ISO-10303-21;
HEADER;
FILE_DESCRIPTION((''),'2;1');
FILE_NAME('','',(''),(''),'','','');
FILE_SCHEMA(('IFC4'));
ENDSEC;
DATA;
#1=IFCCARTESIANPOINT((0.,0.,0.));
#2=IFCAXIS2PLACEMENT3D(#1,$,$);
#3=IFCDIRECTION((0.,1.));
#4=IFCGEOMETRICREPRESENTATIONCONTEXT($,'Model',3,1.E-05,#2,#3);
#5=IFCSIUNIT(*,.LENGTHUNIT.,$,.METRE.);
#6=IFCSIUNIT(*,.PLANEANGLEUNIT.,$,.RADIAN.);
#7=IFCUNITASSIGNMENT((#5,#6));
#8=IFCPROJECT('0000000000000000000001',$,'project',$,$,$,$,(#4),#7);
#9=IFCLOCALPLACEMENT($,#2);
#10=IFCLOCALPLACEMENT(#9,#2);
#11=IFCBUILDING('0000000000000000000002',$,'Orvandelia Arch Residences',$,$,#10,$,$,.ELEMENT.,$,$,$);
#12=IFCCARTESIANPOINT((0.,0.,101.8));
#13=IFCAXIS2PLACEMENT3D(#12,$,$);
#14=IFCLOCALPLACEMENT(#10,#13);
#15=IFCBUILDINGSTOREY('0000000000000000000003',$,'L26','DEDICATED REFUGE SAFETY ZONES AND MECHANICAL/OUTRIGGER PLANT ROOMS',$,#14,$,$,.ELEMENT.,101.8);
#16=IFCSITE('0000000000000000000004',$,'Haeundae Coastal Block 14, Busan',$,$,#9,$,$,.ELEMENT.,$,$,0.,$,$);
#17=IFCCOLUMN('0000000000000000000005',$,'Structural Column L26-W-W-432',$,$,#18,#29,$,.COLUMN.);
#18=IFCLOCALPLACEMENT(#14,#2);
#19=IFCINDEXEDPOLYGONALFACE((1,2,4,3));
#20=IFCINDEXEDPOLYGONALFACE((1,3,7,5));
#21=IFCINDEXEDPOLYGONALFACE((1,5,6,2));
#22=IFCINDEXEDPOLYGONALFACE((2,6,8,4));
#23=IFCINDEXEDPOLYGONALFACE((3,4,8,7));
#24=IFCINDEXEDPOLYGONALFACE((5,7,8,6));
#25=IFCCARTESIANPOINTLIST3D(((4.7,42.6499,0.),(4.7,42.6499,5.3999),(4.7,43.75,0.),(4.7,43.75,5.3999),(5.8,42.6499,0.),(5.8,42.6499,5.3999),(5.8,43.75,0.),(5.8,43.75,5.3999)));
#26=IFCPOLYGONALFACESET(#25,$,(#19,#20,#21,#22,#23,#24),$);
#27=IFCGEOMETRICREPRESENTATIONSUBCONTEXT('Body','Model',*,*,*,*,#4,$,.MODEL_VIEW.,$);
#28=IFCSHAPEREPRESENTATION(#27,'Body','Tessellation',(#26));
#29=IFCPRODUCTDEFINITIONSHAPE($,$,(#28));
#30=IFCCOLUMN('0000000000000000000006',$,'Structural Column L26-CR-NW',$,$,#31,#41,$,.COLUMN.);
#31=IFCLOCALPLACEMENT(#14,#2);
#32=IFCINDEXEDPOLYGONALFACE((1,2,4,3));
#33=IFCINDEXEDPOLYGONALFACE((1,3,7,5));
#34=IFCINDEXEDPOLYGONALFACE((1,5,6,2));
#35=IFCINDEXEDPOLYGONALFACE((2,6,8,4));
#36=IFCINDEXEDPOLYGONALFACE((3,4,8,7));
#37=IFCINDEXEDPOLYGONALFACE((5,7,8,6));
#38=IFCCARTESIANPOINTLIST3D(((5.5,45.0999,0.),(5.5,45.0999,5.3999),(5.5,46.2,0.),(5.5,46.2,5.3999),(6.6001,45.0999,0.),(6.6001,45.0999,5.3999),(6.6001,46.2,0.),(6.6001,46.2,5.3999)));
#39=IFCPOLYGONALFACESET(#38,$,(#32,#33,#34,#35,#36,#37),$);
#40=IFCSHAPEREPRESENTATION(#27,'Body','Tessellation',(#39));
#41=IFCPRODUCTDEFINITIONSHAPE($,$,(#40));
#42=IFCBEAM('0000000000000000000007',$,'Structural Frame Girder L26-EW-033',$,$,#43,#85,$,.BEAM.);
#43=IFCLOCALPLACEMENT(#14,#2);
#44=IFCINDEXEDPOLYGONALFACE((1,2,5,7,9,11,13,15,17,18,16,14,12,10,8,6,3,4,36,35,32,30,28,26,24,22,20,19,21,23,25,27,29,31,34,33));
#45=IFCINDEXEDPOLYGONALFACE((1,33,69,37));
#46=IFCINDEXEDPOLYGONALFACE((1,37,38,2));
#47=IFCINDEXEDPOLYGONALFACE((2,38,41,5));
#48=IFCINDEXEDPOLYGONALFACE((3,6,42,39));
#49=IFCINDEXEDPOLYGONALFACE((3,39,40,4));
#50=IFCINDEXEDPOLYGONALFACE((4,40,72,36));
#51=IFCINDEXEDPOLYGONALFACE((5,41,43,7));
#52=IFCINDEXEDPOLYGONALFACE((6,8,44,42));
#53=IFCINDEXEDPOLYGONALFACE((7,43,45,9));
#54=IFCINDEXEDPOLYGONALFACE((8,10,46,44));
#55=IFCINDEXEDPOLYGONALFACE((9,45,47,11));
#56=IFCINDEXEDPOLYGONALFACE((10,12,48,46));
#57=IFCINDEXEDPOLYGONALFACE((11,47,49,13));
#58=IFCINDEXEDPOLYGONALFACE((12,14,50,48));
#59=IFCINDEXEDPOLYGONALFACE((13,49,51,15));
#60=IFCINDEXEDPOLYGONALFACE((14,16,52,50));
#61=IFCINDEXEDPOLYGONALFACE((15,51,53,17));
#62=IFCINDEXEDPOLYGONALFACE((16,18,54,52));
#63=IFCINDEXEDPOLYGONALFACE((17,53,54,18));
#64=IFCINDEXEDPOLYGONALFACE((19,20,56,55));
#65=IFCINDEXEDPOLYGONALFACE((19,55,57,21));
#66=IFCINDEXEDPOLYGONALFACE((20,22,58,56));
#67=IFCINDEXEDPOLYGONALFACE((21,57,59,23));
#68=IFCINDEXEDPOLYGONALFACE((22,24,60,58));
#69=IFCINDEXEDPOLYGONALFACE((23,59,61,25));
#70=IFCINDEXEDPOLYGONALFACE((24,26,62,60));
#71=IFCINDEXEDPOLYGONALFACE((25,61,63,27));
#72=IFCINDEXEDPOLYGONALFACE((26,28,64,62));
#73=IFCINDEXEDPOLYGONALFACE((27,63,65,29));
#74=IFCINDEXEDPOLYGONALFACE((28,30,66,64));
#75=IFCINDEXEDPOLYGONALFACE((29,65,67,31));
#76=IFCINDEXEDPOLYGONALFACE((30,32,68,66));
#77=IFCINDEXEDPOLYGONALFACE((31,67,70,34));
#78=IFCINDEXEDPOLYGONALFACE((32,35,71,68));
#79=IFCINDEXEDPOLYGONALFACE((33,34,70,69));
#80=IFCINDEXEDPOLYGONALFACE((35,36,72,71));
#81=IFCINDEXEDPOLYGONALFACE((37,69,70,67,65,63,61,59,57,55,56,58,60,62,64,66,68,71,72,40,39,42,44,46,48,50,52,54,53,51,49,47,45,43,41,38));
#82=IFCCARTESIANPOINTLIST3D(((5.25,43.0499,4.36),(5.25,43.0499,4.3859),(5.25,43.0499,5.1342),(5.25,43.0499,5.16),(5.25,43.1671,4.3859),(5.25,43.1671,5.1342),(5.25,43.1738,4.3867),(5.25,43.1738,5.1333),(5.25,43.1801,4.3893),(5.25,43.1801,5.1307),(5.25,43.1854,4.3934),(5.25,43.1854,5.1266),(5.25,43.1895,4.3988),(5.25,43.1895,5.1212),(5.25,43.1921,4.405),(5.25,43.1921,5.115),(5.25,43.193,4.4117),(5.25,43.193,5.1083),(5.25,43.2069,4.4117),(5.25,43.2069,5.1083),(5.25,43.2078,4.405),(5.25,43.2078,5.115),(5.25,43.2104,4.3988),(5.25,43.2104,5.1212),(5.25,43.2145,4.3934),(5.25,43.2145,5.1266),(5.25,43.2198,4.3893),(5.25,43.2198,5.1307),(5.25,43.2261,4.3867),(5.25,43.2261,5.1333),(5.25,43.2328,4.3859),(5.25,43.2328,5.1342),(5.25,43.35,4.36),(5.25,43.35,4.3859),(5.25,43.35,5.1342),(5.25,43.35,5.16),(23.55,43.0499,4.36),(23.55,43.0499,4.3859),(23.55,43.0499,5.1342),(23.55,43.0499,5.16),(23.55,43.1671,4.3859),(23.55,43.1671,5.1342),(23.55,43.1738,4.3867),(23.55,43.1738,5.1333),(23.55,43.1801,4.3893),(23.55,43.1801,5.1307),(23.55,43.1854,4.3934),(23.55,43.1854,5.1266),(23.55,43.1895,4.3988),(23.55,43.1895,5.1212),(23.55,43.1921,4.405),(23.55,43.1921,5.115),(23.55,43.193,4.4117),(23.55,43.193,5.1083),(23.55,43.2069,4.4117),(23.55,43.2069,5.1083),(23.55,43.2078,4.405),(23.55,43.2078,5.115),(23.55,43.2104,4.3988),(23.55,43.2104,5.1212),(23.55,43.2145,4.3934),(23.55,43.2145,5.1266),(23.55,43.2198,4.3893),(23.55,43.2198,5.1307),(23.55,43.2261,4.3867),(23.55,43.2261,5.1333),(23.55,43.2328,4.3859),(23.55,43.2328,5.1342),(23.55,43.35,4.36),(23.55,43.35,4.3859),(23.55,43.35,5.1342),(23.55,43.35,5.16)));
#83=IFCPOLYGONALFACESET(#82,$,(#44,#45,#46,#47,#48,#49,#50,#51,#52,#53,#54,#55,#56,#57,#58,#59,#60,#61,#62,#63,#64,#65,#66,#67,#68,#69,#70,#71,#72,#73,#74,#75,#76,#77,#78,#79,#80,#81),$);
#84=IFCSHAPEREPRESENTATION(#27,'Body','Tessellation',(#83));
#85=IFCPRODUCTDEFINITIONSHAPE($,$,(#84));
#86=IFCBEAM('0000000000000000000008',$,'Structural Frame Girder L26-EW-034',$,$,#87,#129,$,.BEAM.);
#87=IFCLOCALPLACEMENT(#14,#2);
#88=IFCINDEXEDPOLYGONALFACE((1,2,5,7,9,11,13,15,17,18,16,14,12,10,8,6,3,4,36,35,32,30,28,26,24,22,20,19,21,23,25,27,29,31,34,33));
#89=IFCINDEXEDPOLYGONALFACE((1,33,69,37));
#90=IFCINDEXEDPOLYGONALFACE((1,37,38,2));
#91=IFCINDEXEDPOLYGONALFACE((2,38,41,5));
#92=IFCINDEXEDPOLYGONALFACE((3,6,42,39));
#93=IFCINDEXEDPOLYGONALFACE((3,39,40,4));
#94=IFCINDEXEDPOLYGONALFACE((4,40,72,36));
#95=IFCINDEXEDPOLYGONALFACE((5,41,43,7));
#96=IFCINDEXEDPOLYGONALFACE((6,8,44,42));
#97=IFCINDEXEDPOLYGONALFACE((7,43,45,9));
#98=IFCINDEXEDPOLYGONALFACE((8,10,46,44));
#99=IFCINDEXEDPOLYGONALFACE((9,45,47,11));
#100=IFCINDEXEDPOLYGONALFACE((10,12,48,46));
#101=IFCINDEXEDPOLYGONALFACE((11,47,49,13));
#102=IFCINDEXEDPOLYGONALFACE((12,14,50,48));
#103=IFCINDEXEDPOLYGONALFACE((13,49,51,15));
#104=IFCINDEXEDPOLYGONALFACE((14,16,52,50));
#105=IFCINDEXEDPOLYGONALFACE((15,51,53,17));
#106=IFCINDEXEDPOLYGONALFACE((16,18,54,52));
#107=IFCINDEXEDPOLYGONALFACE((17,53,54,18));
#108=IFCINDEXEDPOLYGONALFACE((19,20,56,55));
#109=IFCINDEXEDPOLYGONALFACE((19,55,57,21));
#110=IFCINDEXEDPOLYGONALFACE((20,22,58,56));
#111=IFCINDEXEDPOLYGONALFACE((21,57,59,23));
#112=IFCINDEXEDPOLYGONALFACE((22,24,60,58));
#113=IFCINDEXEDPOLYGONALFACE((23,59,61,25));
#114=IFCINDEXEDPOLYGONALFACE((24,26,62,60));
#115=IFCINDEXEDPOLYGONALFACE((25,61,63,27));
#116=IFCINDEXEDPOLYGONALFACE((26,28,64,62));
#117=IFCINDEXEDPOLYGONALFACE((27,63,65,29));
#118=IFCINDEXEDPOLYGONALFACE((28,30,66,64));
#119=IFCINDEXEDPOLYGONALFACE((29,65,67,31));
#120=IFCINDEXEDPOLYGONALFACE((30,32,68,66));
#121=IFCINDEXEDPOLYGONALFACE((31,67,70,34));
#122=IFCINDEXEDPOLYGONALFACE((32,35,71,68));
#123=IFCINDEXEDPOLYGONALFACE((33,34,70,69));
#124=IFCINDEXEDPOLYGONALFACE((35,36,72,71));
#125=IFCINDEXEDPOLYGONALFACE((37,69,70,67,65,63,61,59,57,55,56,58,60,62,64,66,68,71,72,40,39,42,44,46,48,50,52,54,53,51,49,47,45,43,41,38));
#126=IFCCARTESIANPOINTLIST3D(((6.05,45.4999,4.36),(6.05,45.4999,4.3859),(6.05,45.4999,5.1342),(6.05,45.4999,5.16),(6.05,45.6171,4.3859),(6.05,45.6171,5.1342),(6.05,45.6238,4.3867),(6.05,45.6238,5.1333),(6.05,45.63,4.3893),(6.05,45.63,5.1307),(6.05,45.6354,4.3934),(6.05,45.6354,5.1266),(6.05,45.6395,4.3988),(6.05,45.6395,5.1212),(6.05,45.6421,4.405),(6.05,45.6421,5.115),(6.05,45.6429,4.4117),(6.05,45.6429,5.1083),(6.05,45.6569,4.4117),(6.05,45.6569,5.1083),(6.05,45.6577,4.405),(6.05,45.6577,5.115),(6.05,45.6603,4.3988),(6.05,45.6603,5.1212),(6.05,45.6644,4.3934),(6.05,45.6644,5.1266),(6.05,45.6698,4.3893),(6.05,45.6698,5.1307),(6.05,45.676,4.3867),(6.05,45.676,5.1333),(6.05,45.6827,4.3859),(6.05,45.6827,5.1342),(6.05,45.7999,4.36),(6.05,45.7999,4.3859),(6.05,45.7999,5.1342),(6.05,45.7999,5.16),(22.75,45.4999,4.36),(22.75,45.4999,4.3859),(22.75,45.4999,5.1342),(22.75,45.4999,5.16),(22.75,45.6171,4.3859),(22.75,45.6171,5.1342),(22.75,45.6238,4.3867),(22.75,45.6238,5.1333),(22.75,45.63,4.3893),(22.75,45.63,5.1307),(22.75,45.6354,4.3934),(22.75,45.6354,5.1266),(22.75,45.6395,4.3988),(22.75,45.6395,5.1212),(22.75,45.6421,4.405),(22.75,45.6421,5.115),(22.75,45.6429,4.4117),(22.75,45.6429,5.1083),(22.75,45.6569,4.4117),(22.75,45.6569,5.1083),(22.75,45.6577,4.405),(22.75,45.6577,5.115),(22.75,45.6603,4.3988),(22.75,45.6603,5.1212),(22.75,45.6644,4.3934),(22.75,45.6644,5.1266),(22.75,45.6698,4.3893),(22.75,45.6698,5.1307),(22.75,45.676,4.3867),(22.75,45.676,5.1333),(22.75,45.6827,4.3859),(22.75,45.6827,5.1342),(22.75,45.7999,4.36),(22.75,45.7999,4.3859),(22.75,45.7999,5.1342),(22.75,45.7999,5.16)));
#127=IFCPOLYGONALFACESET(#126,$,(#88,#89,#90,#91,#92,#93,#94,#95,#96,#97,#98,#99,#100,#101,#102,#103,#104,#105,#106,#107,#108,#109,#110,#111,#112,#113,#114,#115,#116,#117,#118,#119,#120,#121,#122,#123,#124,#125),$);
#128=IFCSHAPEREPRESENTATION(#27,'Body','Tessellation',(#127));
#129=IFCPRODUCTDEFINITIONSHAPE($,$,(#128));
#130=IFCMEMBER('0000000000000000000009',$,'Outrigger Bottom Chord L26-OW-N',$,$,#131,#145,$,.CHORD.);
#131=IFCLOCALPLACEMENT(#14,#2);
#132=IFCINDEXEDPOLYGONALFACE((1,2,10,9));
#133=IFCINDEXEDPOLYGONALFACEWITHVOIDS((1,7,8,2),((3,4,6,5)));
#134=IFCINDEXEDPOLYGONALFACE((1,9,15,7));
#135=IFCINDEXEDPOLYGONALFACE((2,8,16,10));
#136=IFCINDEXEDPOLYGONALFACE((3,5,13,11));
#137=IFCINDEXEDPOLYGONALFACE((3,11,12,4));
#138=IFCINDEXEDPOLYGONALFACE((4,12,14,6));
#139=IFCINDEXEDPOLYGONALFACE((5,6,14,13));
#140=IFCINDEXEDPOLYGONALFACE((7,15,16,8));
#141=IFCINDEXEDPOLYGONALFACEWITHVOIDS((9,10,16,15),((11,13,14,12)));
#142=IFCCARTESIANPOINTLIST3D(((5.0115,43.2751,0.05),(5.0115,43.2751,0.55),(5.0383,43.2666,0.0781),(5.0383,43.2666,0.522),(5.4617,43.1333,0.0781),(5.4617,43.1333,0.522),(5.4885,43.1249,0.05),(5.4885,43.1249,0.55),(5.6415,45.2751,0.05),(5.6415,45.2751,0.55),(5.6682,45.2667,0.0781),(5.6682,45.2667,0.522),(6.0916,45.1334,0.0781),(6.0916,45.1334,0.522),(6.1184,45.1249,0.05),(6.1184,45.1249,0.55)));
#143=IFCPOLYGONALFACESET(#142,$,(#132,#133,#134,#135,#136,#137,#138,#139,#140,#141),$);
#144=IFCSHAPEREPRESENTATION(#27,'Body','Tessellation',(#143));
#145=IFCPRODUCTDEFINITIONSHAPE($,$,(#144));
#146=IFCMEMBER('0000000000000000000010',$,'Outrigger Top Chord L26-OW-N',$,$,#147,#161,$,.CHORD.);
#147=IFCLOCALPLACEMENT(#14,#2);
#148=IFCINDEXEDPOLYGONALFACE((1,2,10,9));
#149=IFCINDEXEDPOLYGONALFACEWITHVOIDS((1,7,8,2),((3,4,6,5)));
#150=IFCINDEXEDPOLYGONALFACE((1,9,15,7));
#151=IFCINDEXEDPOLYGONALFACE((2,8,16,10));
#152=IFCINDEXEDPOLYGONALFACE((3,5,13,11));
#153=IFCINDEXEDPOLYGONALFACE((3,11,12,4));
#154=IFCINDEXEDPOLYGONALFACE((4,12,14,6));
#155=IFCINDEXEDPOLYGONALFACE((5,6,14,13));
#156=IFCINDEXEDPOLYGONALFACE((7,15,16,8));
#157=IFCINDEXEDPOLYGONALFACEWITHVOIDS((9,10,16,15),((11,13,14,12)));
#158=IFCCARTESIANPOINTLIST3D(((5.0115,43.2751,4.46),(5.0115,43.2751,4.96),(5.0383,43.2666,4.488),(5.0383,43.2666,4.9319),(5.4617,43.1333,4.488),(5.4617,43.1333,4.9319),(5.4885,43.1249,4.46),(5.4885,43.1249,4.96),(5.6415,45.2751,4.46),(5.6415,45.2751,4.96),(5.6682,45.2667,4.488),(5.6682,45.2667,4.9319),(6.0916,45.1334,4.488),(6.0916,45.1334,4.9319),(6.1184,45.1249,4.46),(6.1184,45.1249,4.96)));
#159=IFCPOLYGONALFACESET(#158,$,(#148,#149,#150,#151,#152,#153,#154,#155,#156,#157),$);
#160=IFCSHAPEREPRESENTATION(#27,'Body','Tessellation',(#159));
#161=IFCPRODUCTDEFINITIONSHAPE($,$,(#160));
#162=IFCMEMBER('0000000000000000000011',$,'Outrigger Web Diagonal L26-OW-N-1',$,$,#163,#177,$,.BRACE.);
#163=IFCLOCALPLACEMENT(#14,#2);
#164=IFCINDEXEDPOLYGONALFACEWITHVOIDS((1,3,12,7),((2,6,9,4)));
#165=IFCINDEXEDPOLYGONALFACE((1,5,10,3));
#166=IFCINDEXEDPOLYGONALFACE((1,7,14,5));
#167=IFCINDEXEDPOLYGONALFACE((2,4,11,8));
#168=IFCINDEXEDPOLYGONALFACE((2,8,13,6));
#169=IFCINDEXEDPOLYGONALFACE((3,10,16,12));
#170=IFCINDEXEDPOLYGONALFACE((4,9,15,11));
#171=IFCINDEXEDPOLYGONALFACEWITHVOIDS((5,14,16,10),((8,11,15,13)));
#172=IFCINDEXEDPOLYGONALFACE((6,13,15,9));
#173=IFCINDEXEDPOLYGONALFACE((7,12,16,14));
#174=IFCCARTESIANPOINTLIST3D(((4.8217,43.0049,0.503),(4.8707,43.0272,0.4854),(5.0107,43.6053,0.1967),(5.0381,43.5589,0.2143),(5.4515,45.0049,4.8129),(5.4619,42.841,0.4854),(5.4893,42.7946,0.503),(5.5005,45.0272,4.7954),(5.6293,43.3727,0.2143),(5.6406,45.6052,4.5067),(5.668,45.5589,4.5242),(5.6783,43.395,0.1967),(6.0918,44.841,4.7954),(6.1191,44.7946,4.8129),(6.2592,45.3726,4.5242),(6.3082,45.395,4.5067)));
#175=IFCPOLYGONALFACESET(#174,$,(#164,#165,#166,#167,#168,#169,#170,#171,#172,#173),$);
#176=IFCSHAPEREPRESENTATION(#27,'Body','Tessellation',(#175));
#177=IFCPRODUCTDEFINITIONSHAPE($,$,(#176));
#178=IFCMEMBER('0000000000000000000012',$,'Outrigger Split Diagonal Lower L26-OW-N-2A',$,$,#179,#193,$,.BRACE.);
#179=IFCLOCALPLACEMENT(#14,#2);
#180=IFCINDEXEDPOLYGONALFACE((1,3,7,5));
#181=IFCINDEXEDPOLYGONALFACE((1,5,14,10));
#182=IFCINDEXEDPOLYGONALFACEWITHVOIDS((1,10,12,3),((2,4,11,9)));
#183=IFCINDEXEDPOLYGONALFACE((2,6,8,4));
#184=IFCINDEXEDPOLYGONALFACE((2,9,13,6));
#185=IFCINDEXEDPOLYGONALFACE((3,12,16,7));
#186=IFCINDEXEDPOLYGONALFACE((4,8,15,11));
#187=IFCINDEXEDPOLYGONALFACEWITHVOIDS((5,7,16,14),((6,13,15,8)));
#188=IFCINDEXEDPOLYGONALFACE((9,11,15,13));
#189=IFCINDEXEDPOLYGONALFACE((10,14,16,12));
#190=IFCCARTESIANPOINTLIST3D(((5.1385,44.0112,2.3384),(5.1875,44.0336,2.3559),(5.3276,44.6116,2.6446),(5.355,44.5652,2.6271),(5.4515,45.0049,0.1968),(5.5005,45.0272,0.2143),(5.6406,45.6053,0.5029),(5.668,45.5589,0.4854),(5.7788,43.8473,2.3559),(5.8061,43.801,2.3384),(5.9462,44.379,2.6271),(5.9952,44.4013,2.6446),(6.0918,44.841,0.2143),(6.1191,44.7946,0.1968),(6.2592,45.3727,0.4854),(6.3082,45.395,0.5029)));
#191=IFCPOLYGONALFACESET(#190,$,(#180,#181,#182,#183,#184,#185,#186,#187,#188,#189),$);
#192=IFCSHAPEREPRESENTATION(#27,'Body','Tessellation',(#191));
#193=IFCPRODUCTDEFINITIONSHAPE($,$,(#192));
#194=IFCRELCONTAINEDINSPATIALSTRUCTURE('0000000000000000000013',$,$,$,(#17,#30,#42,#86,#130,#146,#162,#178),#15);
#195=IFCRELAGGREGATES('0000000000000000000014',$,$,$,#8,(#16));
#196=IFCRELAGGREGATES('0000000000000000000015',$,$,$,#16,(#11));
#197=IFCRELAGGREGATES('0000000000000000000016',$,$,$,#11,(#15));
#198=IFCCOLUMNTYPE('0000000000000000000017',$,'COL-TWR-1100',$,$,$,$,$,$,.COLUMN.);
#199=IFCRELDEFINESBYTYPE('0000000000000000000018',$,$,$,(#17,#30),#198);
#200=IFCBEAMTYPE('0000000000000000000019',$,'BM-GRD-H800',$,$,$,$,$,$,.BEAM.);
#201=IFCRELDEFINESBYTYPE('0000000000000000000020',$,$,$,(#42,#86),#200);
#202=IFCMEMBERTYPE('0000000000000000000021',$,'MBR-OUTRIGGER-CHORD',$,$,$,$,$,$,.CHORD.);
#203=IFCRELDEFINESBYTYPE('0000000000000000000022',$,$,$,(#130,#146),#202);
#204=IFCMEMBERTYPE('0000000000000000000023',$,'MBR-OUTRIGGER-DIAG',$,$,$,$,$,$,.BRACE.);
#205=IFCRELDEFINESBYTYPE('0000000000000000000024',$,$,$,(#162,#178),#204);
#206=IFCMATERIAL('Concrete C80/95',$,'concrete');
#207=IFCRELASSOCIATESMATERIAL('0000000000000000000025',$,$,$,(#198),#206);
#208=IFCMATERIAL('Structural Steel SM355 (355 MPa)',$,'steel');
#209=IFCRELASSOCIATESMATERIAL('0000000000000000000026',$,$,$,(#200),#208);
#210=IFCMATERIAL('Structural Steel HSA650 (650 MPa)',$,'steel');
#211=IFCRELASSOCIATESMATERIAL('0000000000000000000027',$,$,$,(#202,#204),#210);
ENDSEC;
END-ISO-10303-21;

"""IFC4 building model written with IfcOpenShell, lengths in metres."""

from ifc_helpers import new_model, si_unit, direction, frame, origin, origin_2d, place, context, subcontext, project, spatial, rectangle, hollow_rectangle, i_section, extrude, material, material_profile, profile_set, type_object, element, save


model = new_model("IFC4")

# Units and contexts
model_context = context("Model", 3, precision=1e-05, world=origin(), true_north=direction((0.0, 1.0)))
body_context = subcontext(model_context, "Body", "Model", "MODEL_VIEW")
ifc_project = project(units=[si_unit("LENGTHUNIT", "METRE"), si_unit("PLANEANGLEUNIT", "RADIAN")], contexts=[model_context])

# Site, building, storey
site_placement = place(None, origin())
site = spatial("IfcSite", under=ifc_project, at=site_placement, Name="Haeundae Coastal Block 14, Busan", CompositionType="ELEMENT", RefElevation=0.0)
building_placement = place(site_placement, origin())
building = spatial("IfcBuilding", under=site, at=building_placement, Name="Orvandelia Arch Residences", CompositionType="ELEMENT")
storey_placement = place(building_placement, frame((0.0, 0.0, 101.8)))
storey = spatial("IfcBuildingStorey", under=building, at=storey_placement, Name="L26", Description="DEDICATED REFUGE SAFETY ZONES AND MECHANICAL/OUTRIGGER PLANT ROOMS", CompositionType="ELEMENT", Elevation=101.8)

# Columns
ifc_material_1 = material(Name="Concrete C80/95", Category="concrete")
ifc_material_profile_1 = material_profile(ifc_material_1, rectangle(XDim=1.1001, YDim=1.1001, at=origin_2d()), Name="Concrete C80/95", Category="concrete")
ifc_profile_set_1 = profile_set([ifc_material_profile_1], Name="Concrete C80/95")
column_type = type_object("IfcColumnType", Name="COL-TWR-1100", PredefinedType="COLUMN", material=ifc_profile_set_1)
for number, where, z_axis, x_axis, name in (
    (1, (5.25, 43.2, 0.0), (0.0, 0.0, 1.0), (1.0, 0.0, 0.0), "Structural Column L26-W-W-432"),
    (2, (6.05, 45.6499, 0.0), (0.0, 0.0, 1.0), (1.0, 0.0, 0.0), "Structural Column L26-CR-NW"),
):
    element("IfcColumn", number, at=place(storey_placement, frame(where, z_axis=z_axis, x_axis=x_axis)), inside=storey, type_object=column_type, Name=name, PredefinedType="COLUMN", context=body_context, shape_type="SweptSolid", body=[
        extrude(rectangle(XDim=1.1001, YDim=1.1001, at=origin_2d()), origin(), (0.0, 0.0, 1.0), 5.3999),
    ])

# Beams
ifc_material_2 = material(Name="Structural Steel SM355 (355 MPa)", Category="steel")
ifc_material_profile_2 = material_profile(ifc_material_2, i_section(OverallWidth=0.3, OverallDepth=0.8, WebThickness=0.0139, FlangeThickness=0.0259, FilletRadius=0.0259, at=origin_2d()), Name="Structural Steel SM355 (355 MPa)", Category="steel")
ifc_profile_set_2 = profile_set([ifc_material_profile_2], Name="Structural Steel SM355 (355 MPa)")
beam_type = type_object("IfcBeamType", Name="BM-GRD-H800", PredefinedType="BEAM", material=ifc_profile_set_2)
beam_1_placement = place(storey_placement, frame((5.25, 43.2, 4.76), z_axis=(1.0, 0.0, 0.0), x_axis=(0.0, 1.0, 0.0)))
element("IfcBeam", 3, at=beam_1_placement, inside=storey, type_object=beam_type, Name="Structural Frame Girder L26-EW-033", PredefinedType="BEAM", context=body_context, shape_type="SweptSolid", body=[
    extrude(i_section(OverallWidth=0.3, OverallDepth=0.8, WebThickness=0.0139, FlangeThickness=0.0259, FilletRadius=0.0259, at=origin_2d()), origin(), (0.0, 0.0, 1.0), 18.3),
])
beam_2_placement = place(storey_placement, frame((6.05, 45.6499, 4.76), z_axis=(1.0, 0.0, 0.0), x_axis=(0.0, 1.0, 0.0)))
element("IfcBeam", 4, at=beam_2_placement, inside=storey, type_object=beam_type, Name="Structural Frame Girder L26-EW-034", PredefinedType="BEAM", context=body_context, shape_type="SweptSolid", body=[
    extrude(i_section(OverallWidth=0.3, OverallDepth=0.8, WebThickness=0.0139, FlangeThickness=0.0259, FilletRadius=0.0259, at=origin_2d()), origin(), (0.0, 0.0, 1.0), 16.7),
])

# Members
ifc_material_3 = material(Name="Structural Steel HSA650 (650 MPa)", Category="steel")
ifc_material_profile_3 = material_profile(ifc_material_3, hollow_rectangle(XDim=0.5, YDim=0.5, WallThickness=0.0281, at=origin_2d()), Name="Structural Steel HSA650 (650 MPa)", Category="steel")
ifc_profile_set_3 = profile_set([ifc_material_profile_3], Name="Structural Steel HSA650 (650 MPa)")
member_type_1 = type_object("IfcMemberType", Name="MBR-OUTRIGGER-CHORD", PredefinedType="CHORD", material=ifc_profile_set_3)
for number, where, z_axis, x_axis, name in (
    (5, (5.25, 43.2, 0.3), (0.300396, 0.953815, 0.0), (-0.953815, 0.300396, 0.0), "Outrigger Bottom Chord L26-OW-N"),
    (6, (5.25, 43.2, 4.71), (0.300396, 0.953815, 0.0), (-0.953815, 0.300396, 0.0), "Outrigger Top Chord L26-OW-N"),
):
    element("IfcMember", number, at=place(storey_placement, frame(where, z_axis=z_axis, x_axis=x_axis)), inside=storey, type_object=member_type_1, Name=name, PredefinedType="CHORD", context=body_context, shape_type="SweptSolid", body=[
        extrude(hollow_rectangle(XDim=0.5, YDim=0.5, WallThickness=0.0281, at=origin_2d()), origin(), (0.0, 0.0, 1.0), 2.0969),
    ])
ifc_material_profile_4 = material_profile(ifc_material_3, hollow_rectangle(XDim=0.7, YDim=0.7, WallThickness=0.04, at=origin_2d()), Name="Structural Steel HSA650 (650 MPa)", Category="steel")
ifc_profile_set_4 = profile_set([ifc_material_profile_4], Name="Structural Steel HSA650 (650 MPa)")
member_type_2 = type_object("IfcMemberType", Name="MBR-OUTRIGGER-DIAG", PredefinedType="BRACE", material=ifc_profile_set_4)
member_1_placement = place(storey_placement, frame((5.25, 43.2, 0.3499), z_axis=(0.131416, 0.417271, 0.89923), x_axis=(-0.953815, 0.300396, 0.0)))
element("IfcMember", 7, at=member_1_placement, inside=storey, type_object=member_type_2, Name="Outrigger Web Diagonal L26-OW-N-1", PredefinedType="BRACE", context=body_context, shape_type="SweptSolid", body=[
    extrude(hollow_rectangle(XDim=0.7, YDim=0.7, WallThickness=0.04, at=origin_2d()), origin(), (0.0, 0.0, 1.0), 4.793),
])
member_2_placement = place(storey_placement, frame((5.8799, 45.2, 0.3499), z_axis=(-0.131422, -0.41723, 0.899248), x_axis=(0.953802, -0.300436, 0.0)))
element("IfcMember", 8, at=member_2_placement, inside=storey, type_object=member_type_2, Name="Outrigger Split Diagonal Lower L26-OW-N-2A", PredefinedType="BRACE", context=body_context, shape_type="SweptSolid", body=[
    extrude(hollow_rectangle(XDim=0.7, YDim=0.7, WallThickness=0.04, at=origin_2d()), origin(), (0.0, 0.0, 1.0), 2.3816),
])

save(model, "model.ifc")
